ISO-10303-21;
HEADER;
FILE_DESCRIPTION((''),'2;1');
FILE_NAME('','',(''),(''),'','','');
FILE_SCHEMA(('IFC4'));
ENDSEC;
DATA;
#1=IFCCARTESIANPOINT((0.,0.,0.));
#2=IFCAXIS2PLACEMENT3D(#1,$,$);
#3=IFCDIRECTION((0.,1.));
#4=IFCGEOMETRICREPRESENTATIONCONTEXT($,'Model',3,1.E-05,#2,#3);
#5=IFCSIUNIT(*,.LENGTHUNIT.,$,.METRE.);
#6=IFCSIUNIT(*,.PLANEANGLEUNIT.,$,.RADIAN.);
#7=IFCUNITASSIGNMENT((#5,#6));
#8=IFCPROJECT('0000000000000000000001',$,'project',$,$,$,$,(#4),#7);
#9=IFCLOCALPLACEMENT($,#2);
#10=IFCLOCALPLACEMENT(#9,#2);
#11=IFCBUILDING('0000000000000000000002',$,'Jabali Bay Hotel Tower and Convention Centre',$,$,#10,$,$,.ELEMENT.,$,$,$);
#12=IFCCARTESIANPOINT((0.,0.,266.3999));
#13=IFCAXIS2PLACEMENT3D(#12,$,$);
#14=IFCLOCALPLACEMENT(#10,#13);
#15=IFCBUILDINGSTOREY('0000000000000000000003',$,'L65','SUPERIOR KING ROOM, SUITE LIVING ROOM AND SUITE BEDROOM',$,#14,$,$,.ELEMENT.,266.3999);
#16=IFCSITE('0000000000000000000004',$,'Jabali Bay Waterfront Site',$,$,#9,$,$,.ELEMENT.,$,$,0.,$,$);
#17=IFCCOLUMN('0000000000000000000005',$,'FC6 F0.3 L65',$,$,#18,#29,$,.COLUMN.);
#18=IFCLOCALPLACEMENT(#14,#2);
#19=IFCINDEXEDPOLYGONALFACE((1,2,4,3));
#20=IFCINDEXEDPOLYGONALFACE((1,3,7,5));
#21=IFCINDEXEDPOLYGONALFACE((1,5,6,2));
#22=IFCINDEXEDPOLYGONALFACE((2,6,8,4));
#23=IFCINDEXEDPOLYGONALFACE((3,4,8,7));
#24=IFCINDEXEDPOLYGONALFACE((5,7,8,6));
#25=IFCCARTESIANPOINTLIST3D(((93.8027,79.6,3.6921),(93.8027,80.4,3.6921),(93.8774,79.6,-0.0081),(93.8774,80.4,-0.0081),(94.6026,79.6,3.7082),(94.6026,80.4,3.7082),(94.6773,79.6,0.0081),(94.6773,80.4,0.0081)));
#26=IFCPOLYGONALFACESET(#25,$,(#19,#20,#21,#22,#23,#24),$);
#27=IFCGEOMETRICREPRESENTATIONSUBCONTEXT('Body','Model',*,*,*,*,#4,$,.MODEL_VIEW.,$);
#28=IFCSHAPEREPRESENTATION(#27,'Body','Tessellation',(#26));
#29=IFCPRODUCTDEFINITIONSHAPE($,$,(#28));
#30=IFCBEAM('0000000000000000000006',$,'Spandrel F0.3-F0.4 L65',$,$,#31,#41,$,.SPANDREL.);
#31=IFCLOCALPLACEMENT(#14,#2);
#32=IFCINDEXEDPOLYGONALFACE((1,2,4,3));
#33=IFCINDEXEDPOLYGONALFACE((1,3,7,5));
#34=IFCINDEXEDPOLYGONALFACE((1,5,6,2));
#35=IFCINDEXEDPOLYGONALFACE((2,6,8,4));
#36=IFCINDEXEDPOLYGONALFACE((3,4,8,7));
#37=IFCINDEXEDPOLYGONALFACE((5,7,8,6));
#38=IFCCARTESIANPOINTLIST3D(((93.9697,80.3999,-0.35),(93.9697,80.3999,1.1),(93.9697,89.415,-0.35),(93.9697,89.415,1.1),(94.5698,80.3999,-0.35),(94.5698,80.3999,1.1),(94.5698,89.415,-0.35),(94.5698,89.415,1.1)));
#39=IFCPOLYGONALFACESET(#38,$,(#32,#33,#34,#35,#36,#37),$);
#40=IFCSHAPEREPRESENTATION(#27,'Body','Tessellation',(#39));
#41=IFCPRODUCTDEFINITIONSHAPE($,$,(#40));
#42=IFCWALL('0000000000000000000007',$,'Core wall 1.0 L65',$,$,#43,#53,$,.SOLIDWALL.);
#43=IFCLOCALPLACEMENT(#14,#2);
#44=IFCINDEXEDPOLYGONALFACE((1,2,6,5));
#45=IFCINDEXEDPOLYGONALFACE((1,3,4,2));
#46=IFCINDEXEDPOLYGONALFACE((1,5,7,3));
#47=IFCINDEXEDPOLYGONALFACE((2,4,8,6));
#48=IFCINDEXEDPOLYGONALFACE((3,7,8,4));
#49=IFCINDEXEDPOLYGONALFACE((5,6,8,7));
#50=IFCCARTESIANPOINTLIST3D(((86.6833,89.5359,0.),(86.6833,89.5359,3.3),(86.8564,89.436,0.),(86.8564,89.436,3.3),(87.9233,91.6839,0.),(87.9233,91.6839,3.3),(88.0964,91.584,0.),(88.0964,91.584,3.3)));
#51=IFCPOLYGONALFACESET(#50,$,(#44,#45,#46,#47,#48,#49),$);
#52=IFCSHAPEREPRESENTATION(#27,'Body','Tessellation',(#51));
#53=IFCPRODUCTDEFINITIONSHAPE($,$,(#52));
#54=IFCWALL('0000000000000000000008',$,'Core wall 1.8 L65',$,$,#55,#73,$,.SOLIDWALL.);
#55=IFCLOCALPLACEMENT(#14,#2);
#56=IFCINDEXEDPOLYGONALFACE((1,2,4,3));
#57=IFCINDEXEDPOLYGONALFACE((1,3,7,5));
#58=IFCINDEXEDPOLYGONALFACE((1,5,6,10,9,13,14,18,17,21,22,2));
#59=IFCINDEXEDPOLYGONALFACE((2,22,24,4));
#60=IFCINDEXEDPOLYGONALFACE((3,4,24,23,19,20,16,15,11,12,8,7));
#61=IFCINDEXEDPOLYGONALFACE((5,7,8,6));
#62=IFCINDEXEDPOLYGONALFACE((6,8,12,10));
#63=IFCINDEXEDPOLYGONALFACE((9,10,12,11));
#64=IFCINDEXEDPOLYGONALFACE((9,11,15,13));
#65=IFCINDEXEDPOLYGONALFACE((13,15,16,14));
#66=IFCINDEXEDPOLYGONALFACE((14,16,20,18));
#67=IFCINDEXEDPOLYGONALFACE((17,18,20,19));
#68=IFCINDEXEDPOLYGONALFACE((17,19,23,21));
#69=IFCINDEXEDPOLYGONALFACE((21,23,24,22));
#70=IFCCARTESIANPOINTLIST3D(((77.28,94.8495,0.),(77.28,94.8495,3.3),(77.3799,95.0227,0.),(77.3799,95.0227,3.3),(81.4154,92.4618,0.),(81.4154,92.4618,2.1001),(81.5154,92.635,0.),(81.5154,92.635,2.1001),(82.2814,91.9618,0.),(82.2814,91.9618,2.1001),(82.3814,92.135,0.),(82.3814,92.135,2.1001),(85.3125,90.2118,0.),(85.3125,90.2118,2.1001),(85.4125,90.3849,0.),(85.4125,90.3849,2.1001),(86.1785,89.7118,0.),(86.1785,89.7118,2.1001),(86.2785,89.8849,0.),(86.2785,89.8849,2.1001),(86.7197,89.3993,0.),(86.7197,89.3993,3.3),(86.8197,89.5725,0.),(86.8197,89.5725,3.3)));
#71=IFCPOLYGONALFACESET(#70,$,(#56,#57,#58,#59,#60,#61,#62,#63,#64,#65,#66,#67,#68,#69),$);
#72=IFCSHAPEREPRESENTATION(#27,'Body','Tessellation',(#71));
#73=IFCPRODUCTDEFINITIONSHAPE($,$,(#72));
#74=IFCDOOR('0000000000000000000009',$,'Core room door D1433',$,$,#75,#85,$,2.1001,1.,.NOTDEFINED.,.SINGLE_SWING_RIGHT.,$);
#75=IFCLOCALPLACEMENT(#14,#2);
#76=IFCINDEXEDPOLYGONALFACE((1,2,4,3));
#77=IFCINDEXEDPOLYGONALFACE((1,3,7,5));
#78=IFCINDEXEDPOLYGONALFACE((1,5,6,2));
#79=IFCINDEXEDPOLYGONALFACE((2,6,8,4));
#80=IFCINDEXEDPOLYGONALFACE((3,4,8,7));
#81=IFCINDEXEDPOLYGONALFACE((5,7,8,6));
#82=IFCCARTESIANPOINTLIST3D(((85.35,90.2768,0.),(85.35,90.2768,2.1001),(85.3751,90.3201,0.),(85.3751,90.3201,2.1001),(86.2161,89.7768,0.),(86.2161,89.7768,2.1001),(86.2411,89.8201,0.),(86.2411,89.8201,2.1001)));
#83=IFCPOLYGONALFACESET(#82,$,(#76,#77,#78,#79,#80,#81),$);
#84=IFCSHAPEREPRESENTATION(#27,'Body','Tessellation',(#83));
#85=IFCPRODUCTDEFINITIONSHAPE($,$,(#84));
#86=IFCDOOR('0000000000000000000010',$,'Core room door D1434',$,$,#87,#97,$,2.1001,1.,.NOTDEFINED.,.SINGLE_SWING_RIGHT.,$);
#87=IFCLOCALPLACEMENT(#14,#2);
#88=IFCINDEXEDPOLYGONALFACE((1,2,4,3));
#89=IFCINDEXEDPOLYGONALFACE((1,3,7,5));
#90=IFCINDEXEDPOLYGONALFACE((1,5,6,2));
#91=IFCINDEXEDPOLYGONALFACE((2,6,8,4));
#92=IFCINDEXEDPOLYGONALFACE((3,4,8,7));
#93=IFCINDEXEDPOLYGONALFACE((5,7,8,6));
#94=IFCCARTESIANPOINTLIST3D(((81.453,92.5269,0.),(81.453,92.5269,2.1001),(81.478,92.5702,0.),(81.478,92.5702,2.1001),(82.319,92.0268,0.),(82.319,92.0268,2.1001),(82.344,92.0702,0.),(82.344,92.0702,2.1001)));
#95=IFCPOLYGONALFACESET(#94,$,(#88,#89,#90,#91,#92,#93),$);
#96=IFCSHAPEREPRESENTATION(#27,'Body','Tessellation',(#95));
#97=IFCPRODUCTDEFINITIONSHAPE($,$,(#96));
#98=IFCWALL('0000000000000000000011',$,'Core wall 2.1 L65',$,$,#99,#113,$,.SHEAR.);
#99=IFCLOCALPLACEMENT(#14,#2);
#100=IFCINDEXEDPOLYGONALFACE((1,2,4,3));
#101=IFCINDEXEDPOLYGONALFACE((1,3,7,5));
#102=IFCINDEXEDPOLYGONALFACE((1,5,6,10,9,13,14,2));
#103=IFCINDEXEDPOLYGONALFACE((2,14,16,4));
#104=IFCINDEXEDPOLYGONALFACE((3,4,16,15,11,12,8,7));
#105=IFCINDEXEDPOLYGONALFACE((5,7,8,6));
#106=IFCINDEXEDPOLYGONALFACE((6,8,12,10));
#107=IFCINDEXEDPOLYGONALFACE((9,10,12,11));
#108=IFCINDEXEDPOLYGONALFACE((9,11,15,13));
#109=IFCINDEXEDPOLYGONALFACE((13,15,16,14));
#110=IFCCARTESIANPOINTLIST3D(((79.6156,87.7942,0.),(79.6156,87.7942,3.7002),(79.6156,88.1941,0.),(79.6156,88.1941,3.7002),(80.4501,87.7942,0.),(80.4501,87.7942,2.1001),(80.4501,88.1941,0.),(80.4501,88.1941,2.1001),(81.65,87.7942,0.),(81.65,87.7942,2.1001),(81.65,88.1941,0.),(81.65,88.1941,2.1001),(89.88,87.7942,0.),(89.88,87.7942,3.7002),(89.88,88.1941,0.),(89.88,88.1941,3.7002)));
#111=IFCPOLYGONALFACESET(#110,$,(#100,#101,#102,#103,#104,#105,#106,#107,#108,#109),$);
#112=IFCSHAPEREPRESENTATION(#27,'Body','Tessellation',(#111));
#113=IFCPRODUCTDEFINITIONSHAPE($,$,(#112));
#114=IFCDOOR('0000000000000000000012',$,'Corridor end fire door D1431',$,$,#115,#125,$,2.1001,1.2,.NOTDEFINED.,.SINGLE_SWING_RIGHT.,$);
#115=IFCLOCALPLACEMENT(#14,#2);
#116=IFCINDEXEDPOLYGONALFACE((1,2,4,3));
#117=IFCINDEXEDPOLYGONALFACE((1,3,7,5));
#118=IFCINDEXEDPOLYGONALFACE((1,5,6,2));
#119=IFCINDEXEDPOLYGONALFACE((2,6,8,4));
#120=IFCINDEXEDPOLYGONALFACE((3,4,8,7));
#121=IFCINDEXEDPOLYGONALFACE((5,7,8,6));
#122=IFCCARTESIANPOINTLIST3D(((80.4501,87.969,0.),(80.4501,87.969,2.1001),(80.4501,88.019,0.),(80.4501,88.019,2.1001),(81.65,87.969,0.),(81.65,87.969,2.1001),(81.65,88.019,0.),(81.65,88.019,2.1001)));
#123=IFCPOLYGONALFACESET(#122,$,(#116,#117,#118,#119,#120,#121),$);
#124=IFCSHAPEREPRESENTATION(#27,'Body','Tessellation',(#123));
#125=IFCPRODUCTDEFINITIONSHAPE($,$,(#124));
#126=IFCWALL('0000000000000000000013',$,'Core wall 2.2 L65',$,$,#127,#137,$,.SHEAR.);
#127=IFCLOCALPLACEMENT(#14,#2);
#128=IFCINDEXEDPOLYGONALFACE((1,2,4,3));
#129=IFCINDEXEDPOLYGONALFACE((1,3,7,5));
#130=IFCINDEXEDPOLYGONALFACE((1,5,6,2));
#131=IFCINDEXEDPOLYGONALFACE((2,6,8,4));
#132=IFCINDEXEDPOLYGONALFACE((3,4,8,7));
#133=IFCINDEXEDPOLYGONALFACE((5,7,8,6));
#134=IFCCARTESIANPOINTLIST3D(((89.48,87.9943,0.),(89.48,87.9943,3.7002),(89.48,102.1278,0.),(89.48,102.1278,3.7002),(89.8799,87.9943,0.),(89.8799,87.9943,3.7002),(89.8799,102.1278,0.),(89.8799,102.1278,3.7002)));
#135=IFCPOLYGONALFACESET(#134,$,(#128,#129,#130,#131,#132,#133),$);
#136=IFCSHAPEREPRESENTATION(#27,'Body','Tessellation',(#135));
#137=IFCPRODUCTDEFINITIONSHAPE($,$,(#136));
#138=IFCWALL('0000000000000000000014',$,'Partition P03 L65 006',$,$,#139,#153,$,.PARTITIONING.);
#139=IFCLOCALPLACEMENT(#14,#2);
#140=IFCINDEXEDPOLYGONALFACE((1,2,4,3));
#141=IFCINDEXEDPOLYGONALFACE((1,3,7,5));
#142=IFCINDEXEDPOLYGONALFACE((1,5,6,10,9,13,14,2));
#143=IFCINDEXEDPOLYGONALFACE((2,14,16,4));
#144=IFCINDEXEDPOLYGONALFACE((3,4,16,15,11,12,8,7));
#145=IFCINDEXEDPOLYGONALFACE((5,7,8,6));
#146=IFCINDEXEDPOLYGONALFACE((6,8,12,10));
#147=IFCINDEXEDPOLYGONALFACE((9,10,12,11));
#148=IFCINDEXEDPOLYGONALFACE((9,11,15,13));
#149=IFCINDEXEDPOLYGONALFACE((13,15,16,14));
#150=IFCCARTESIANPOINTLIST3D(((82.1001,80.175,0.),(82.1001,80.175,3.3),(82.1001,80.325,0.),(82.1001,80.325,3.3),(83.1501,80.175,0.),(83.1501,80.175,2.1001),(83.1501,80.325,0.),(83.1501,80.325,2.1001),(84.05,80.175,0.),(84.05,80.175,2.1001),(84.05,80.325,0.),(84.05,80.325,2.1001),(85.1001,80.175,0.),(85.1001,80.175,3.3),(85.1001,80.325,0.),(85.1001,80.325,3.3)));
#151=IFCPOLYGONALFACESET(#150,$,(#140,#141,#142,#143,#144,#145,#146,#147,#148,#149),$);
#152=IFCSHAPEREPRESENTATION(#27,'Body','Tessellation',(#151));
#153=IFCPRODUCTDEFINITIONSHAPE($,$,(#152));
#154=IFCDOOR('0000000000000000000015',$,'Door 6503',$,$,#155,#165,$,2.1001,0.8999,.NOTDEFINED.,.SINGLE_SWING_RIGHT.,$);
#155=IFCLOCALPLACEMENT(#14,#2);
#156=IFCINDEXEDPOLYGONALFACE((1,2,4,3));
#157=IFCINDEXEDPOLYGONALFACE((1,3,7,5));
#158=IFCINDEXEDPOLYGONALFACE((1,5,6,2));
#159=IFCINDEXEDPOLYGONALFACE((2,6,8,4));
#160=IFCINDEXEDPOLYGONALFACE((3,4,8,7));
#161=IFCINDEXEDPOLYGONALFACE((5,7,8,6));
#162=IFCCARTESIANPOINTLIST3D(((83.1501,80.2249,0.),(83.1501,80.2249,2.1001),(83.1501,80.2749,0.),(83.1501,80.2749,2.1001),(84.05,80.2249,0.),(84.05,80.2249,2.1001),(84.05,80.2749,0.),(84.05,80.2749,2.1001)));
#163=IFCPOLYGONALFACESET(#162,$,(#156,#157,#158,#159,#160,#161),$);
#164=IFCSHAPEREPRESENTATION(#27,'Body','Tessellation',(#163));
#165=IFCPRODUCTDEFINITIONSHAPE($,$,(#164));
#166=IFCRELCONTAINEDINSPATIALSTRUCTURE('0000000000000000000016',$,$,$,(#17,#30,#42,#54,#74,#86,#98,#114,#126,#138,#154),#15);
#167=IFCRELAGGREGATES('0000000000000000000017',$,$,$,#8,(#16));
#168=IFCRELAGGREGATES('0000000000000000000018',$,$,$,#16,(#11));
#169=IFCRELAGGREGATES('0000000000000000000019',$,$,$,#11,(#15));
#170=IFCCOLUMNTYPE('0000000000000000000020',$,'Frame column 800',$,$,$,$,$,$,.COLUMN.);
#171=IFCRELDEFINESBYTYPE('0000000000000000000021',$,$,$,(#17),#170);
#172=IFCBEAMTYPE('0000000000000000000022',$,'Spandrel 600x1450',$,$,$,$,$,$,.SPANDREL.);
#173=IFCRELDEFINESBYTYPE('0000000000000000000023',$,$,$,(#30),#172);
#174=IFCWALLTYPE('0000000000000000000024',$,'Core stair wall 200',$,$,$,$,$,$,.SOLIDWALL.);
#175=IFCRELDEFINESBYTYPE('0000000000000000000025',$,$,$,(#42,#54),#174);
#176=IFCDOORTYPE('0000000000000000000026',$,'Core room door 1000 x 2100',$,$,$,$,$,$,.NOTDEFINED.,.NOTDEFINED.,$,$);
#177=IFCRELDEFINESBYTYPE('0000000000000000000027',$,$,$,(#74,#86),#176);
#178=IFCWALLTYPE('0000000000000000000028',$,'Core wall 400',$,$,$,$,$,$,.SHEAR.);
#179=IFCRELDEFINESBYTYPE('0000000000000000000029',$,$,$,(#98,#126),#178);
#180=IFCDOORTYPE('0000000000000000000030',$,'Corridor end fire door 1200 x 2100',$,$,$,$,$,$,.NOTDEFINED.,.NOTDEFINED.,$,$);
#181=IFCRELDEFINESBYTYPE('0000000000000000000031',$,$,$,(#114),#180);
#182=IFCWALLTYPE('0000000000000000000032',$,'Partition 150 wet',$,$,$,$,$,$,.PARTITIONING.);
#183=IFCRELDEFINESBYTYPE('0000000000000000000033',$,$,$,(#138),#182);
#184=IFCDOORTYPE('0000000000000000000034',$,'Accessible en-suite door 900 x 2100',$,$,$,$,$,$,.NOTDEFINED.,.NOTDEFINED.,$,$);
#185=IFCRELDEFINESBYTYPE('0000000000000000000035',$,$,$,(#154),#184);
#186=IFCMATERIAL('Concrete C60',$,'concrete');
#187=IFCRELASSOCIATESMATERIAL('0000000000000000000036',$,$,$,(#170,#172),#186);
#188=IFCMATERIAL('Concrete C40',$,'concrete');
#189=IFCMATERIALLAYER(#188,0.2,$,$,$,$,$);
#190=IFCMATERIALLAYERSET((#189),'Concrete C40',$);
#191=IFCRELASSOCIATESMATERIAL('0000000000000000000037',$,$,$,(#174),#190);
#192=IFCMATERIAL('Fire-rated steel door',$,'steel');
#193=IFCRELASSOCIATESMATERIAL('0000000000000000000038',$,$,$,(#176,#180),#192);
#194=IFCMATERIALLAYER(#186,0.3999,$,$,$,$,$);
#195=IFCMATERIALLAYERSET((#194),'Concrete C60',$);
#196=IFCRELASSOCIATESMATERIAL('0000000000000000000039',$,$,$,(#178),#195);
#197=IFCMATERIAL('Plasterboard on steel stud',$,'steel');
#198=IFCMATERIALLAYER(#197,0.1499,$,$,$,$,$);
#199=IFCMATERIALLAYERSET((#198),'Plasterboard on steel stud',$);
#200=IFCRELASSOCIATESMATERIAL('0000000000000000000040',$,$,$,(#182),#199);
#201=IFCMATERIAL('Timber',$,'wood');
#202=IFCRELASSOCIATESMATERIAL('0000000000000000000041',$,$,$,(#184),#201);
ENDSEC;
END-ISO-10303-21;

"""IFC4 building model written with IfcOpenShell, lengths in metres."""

from ifc_helpers import new_model, si_unit, direction, frame, frame_2d, origin, origin_2d, place, context, subcontext, project, spatial, rectangle, extrude, material, layer, layer_set, material_profile, profile_set, type_object, element, fill, save


model = new_model("IFC4")

# Units and contexts
model_context = context("Model", 3, precision=1e-05, world=origin(), true_north=direction((0.0, 1.0)))
body_context = subcontext(model_context, "Body", "Model", "MODEL_VIEW")
ifc_project = project(units=[si_unit("LENGTHUNIT", "METRE"), si_unit("PLANEANGLEUNIT", "RADIAN")], contexts=[model_context])

# Site, building, storey
site_placement = place(None, origin())
site = spatial("IfcSite", under=ifc_project, at=site_placement, Name="Jabali Bay Waterfront Site", CompositionType="ELEMENT", RefElevation=0.0)
building_placement = place(site_placement, origin())
building = spatial("IfcBuilding", under=site, at=building_placement, Name="Jabali Bay Hotel Tower and Convention Centre", CompositionType="ELEMENT")
storey_placement = place(building_placement, frame((0.0, 0.0, 266.3999)))
storey = spatial("IfcBuildingStorey", under=building, at=storey_placement, Name="L65", Description="SUPERIOR KING ROOM, SUITE LIVING ROOM AND SUITE BEDROOM", CompositionType="ELEMENT", Elevation=266.3999)

# Column
ifc_material_1 = material(Name="Concrete C60", Category="concrete")
ifc_material_profile_1 = material_profile(ifc_material_1, rectangle(XDim=0.8, YDim=0.8, at=origin_2d()), Name="Frame column 800")
ifc_profile_set_1 = profile_set([ifc_material_profile_1], Name="Concrete C60")
column_type = type_object("IfcColumnType", Name="Frame column 800", PredefinedType="COLUMN", material=ifc_profile_set_1)
column_placement = place(storey_placement, frame((94.2773, 80.0, 0.0), z_axis=(-0.020186, 0.0, 0.999796), x_axis=(0.0, -1.0, 0.0)))
element("IfcColumn", 1, at=column_placement, inside=storey, type_object=column_type, Name="FC6 F0.3 L65", PredefinedType="COLUMN", context=body_context, shape_type="SweptSolid", body=[
    extrude(rectangle(XDim=0.8, YDim=0.8, at=origin_2d()), origin(), (0.0, 0.0, 1.0), 3.7009),
])

# Beam
ifc_material_profile_2 = material_profile(ifc_material_1, rectangle(XDim=0.6001, YDim=1.45, at=origin_2d()), Name="Spandrel 600x1450")
ifc_profile_set_2 = profile_set([ifc_material_profile_2], Name="Concrete C60")
beam_type = type_object("IfcBeamType", Name="Spandrel 600x1450", PredefinedType="SPANDREL", material=ifc_profile_set_2)
beam_placement = place(storey_placement, frame((94.2698, 80.3999, 0.375), z_axis=(0.0, 1.0, 0.0), x_axis=(-1.0, 0.0, 0.0)))
element("IfcBeam", 2, at=beam_placement, inside=storey, type_object=beam_type, Name="Spandrel F0.3-F0.4 L65", PredefinedType="SPANDREL", context=body_context, shape_type="SweptSolid", body=[
    extrude(rectangle(XDim=0.6001, YDim=1.45, at=origin_2d()), origin(), (0.0, 0.0, 1.0), 9.0151),
])

# Wall
ifc_material_2 = material(Name="Concrete C40", Category="concrete")
ifc_layer_1 = layer(ifc_material_2, 0.2)
ifc_layer_set_1 = layer_set([ifc_layer_1], Name="Concrete C40")
wall_type_1 = type_object("IfcWallType", Name="Core stair wall 200", PredefinedType="SOLIDWALL", material=ifc_layer_set_1)
wall_1_placement = place(storey_placement, frame((86.7698, 89.4858, 0.0), z_axis=(0.0, 0.0, 1.0), x_axis=(0.499961, 0.866048, 0.0)))
element("IfcWall", 3, at=wall_1_placement, inside=storey, type_object=wall_type_1, Name="Core wall 1.0 L65", PredefinedType="SOLIDWALL", context=body_context, shape_type="SweptSolid", body=[
    extrude(rectangle(XDim=2.4802, YDim=0.2, at=frame_2d((1.2402, 0.0))), origin(), (0.0, 0.0, 1.0), 3.3),
])

# Wall, openings, doors
wall_2_placement = place(storey_placement, frame((86.7698, 89.4858, 0.0), z_axis=(0.0, 0.0, 1.0), x_axis=(-0.866018, 0.500013, 0.0)))
wall_2 = element("IfcWall", 4, at=wall_2_placement, inside=storey, type_object=wall_type_1, Name="Core wall 1.8 L65", PredefinedType="SOLIDWALL", context=body_context, shape_type="SweptSolid", body=[
    extrude(rectangle(XDim=10.9001, YDim=0.2, at=frame_2d((5.4502, 0.0))), origin(), (0.0, 0.0, 1.0), 3.3),
])
opening_1_placement = place(wall_2_placement, frame((0.625, 0.0, 0.0)))
opening_1 = element("IfcOpeningElement", 5, at=opening_1_placement, cuts=wall_2, PredefinedType="OPENING", context=body_context, shape_type="SweptSolid", body=[
    extrude(rectangle(XDim=1.0, YDim=2.1001, at=frame_2d((0.5, 1.05))), frame((0.0, 0.1104, 0.0), z_axis=(0.0, -1.0, 0.0), x_axis=(1.0, 0.0, 0.0)), (0.0, 0.0, 1.0), 0.2209),
])
opening_2_placement = place(wall_2_placement, frame((5.125, 0.0, 0.0)))
opening_2 = element("IfcOpeningElement", 6, at=opening_2_placement, cuts=wall_2, PredefinedType="OPENING", context=body_context, shape_type="SweptSolid", body=[
    extrude(rectangle(XDim=1.0, YDim=2.1001, at=frame_2d((0.5, 1.05))), frame((0.0, 0.1104, 0.0), z_axis=(0.0, -1.0, 0.0), x_axis=(1.0, 0.0, 0.0)), (0.0, 0.0, 1.0), 0.2209),
])
ifc_material_3 = material(Name="Fire-rated steel door", Category="steel")
door_type_1 = type_object("IfcDoorType", Name="Core room door 1000 x 2100", OperationType="NOTDEFINED", PredefinedType="NOTDEFINED", material=ifc_material_3)
door_1_placement = place(opening_1_placement, origin())
door_1 = element("IfcDoor", 7, at=door_1_placement, inside=storey, type_object=door_type_1, Name="Core room door D1433", OperationType="SINGLE_SWING_RIGHT", OverallHeight=2.1001, OverallWidth=1.0, PredefinedType="NOTDEFINED", context=body_context, shape_type="SweptSolid", body=[
    extrude(rectangle(XDim=1.0, YDim=2.1001, at=frame_2d((0.5, 1.05))), frame((0.0, 0.0249, 0.0), z_axis=(0.0, -1.0, 0.0), x_axis=(1.0, 0.0, 0.0)), (0.0, 0.0, 1.0), 0.05),
])
fill(opening_1, door_1)
door_2_placement = place(opening_2_placement, origin())
door_2 = element("IfcDoor", 8, at=door_2_placement, inside=storey, type_object=door_type_1, Name="Core room door D1434", OperationType="SINGLE_SWING_RIGHT", OverallHeight=2.1001, OverallWidth=1.0, PredefinedType="NOTDEFINED", context=body_context, shape_type="SweptSolid", body=[
    extrude(rectangle(XDim=1.0, YDim=2.1001, at=frame_2d((0.5, 1.05))), frame((0.0, 0.0249, 0.0), z_axis=(0.0, -1.0, 0.0), x_axis=(1.0, 0.0, 0.0)), (0.0, 0.0, 1.0), 0.05),
])
fill(opening_2, door_2)

# Wall, opening, door
ifc_layer_2 = layer(ifc_material_1, 0.3999)
ifc_layer_set_2 = layer_set([ifc_layer_2], Name="Concrete C60")
wall_type_2 = type_object("IfcWallType", Name="Core wall 400", PredefinedType="SHEAR", material=ifc_layer_set_2)
wall_3_placement = place(storey_placement, frame((79.6155, 87.9941, 0.0), z_axis=(0.0, 0.0, 1.0), x_axis=(1.0, 0.0, 0.0)))
wall_3 = element("IfcWall", 9, at=wall_3_placement, inside=storey, type_object=wall_type_2, Name="Core wall 2.1 L65", PredefinedType="SHEAR", context=body_context, shape_type="SweptSolid", body=[
    extrude(rectangle(XDim=10.2644, YDim=0.3999, at=frame_2d((5.1323, 0.0))), origin(), (0.0, 0.0, 1.0), 3.7002),
])
opening_3_placement = place(wall_3_placement, frame((0.8345, 0.0, 0.0)))
opening_3 = element("IfcOpeningElement", 10, at=opening_3_placement, cuts=wall_3, PredefinedType="OPENING", context=body_context, shape_type="SweptSolid", body=[
    extrude(rectangle(XDim=1.2, YDim=2.1001, at=frame_2d((0.6001, 1.05))), frame((0.0, 0.2104, 0.0), z_axis=(0.0, -1.0, 0.0), x_axis=(1.0, 0.0, 0.0)), (0.0, 0.0, 1.0), 0.4209),
])
door_type_2 = type_object("IfcDoorType", Name="Corridor end fire door 1200 x 2100", OperationType="NOTDEFINED", PredefinedType="NOTDEFINED", material=ifc_material_3)
door_3_placement = place(opening_3_placement, origin())
door_3 = element("IfcDoor", 11, at=door_3_placement, inside=storey, type_object=door_type_2, Name="Corridor end fire door D1431", OperationType="SINGLE_SWING_RIGHT", OverallHeight=2.1001, OverallWidth=1.2, PredefinedType="NOTDEFINED", context=body_context, shape_type="SweptSolid", body=[
    extrude(rectangle(XDim=1.2, YDim=2.1001, at=frame_2d((0.6001, 1.05))), frame((0.0, 0.0249, 0.0), z_axis=(0.0, -1.0, 0.0), x_axis=(1.0, 0.0, 0.0)), (0.0, 0.0, 1.0), 0.05),
])
fill(opening_3, door_3)

# Wall
wall_4_placement = place(storey_placement, frame((89.6799, 87.9941, 0.0), z_axis=(0.0, 0.0, 1.0), x_axis=(0.0, 1.0, 0.0)))
element("IfcWall", 12, at=wall_4_placement, inside=storey, type_object=wall_type_2, Name="Core wall 2.2 L65", PredefinedType="SHEAR", context=body_context, shape_type="SweptSolid", body=[
    extrude(rectangle(XDim=14.1335, YDim=0.3999, at=frame_2d((7.0669, 0.0))), origin(), (0.0, 0.0, 1.0), 3.7002),
])

# Wall, opening, door
ifc_material_4 = material(Name="Plasterboard on steel stud", Category="steel")
ifc_layer_3 = layer(ifc_material_4, 0.1499)
ifc_layer_set_3 = layer_set([ifc_layer_3], Name="Plasterboard on steel stud")
wall_type_3 = type_object("IfcWallType", Name="Partition 150 wet", PredefinedType="PARTITIONING", material=ifc_layer_set_3)
wall_5_placement = place(storey_placement, frame((82.1001, 80.25, 0.0), z_axis=(0.0, 0.0, 1.0), x_axis=(1.0, 0.0, 0.0)))
wall_5 = element("IfcWall", 13, at=wall_5_placement, inside=storey, type_object=wall_type_3, Name="Partition P03 L65 006", PredefinedType="PARTITIONING", context=body_context, shape_type="SweptSolid", body=[
    extrude(rectangle(XDim=3.0, YDim=0.1499, at=frame_2d((1.5, 0.0))), origin(), (0.0, 0.0, 1.0), 3.3),
])
opening_4_placement = place(wall_5_placement, frame((1.05, 0.0, 0.0)))
opening_4 = element("IfcOpeningElement", 14, at=opening_4_placement, cuts=wall_5, PredefinedType="OPENING", context=body_context, shape_type="SweptSolid", body=[
    extrude(rectangle(XDim=0.8999, YDim=2.1001, at=frame_2d((0.45, 1.05))), frame((0.0, 0.0854, 0.0), z_axis=(0.0, -1.0, 0.0), x_axis=(1.0, 0.0, 0.0)), (0.0, 0.0, 1.0), 0.1709),
])
ifc_material_5 = material(Name="Timber", Category="wood")
door_type_3 = type_object("IfcDoorType", Name="Accessible en-suite door 900 x 2100", OperationType="NOTDEFINED", PredefinedType="NOTDEFINED", material=ifc_material_5)
door_4_placement = place(opening_4_placement, origin())
door_4 = element("IfcDoor", 15, at=door_4_placement, inside=storey, type_object=door_type_3, Name="Door 6503", OperationType="SINGLE_SWING_RIGHT", OverallHeight=2.1001, OverallWidth=0.8999, PredefinedType="NOTDEFINED", context=body_context, shape_type="SweptSolid", body=[
    extrude(rectangle(XDim=0.8999, YDim=2.1001, at=frame_2d((0.45, 1.05))), frame((0.0, 0.0249, 0.0), z_axis=(0.0, -1.0, 0.0), x_axis=(1.0, 0.0, 0.0)), (0.0, 0.0, 1.0), 0.05),
])
fill(opening_4, door_4)

save(model, "model.ifc")
